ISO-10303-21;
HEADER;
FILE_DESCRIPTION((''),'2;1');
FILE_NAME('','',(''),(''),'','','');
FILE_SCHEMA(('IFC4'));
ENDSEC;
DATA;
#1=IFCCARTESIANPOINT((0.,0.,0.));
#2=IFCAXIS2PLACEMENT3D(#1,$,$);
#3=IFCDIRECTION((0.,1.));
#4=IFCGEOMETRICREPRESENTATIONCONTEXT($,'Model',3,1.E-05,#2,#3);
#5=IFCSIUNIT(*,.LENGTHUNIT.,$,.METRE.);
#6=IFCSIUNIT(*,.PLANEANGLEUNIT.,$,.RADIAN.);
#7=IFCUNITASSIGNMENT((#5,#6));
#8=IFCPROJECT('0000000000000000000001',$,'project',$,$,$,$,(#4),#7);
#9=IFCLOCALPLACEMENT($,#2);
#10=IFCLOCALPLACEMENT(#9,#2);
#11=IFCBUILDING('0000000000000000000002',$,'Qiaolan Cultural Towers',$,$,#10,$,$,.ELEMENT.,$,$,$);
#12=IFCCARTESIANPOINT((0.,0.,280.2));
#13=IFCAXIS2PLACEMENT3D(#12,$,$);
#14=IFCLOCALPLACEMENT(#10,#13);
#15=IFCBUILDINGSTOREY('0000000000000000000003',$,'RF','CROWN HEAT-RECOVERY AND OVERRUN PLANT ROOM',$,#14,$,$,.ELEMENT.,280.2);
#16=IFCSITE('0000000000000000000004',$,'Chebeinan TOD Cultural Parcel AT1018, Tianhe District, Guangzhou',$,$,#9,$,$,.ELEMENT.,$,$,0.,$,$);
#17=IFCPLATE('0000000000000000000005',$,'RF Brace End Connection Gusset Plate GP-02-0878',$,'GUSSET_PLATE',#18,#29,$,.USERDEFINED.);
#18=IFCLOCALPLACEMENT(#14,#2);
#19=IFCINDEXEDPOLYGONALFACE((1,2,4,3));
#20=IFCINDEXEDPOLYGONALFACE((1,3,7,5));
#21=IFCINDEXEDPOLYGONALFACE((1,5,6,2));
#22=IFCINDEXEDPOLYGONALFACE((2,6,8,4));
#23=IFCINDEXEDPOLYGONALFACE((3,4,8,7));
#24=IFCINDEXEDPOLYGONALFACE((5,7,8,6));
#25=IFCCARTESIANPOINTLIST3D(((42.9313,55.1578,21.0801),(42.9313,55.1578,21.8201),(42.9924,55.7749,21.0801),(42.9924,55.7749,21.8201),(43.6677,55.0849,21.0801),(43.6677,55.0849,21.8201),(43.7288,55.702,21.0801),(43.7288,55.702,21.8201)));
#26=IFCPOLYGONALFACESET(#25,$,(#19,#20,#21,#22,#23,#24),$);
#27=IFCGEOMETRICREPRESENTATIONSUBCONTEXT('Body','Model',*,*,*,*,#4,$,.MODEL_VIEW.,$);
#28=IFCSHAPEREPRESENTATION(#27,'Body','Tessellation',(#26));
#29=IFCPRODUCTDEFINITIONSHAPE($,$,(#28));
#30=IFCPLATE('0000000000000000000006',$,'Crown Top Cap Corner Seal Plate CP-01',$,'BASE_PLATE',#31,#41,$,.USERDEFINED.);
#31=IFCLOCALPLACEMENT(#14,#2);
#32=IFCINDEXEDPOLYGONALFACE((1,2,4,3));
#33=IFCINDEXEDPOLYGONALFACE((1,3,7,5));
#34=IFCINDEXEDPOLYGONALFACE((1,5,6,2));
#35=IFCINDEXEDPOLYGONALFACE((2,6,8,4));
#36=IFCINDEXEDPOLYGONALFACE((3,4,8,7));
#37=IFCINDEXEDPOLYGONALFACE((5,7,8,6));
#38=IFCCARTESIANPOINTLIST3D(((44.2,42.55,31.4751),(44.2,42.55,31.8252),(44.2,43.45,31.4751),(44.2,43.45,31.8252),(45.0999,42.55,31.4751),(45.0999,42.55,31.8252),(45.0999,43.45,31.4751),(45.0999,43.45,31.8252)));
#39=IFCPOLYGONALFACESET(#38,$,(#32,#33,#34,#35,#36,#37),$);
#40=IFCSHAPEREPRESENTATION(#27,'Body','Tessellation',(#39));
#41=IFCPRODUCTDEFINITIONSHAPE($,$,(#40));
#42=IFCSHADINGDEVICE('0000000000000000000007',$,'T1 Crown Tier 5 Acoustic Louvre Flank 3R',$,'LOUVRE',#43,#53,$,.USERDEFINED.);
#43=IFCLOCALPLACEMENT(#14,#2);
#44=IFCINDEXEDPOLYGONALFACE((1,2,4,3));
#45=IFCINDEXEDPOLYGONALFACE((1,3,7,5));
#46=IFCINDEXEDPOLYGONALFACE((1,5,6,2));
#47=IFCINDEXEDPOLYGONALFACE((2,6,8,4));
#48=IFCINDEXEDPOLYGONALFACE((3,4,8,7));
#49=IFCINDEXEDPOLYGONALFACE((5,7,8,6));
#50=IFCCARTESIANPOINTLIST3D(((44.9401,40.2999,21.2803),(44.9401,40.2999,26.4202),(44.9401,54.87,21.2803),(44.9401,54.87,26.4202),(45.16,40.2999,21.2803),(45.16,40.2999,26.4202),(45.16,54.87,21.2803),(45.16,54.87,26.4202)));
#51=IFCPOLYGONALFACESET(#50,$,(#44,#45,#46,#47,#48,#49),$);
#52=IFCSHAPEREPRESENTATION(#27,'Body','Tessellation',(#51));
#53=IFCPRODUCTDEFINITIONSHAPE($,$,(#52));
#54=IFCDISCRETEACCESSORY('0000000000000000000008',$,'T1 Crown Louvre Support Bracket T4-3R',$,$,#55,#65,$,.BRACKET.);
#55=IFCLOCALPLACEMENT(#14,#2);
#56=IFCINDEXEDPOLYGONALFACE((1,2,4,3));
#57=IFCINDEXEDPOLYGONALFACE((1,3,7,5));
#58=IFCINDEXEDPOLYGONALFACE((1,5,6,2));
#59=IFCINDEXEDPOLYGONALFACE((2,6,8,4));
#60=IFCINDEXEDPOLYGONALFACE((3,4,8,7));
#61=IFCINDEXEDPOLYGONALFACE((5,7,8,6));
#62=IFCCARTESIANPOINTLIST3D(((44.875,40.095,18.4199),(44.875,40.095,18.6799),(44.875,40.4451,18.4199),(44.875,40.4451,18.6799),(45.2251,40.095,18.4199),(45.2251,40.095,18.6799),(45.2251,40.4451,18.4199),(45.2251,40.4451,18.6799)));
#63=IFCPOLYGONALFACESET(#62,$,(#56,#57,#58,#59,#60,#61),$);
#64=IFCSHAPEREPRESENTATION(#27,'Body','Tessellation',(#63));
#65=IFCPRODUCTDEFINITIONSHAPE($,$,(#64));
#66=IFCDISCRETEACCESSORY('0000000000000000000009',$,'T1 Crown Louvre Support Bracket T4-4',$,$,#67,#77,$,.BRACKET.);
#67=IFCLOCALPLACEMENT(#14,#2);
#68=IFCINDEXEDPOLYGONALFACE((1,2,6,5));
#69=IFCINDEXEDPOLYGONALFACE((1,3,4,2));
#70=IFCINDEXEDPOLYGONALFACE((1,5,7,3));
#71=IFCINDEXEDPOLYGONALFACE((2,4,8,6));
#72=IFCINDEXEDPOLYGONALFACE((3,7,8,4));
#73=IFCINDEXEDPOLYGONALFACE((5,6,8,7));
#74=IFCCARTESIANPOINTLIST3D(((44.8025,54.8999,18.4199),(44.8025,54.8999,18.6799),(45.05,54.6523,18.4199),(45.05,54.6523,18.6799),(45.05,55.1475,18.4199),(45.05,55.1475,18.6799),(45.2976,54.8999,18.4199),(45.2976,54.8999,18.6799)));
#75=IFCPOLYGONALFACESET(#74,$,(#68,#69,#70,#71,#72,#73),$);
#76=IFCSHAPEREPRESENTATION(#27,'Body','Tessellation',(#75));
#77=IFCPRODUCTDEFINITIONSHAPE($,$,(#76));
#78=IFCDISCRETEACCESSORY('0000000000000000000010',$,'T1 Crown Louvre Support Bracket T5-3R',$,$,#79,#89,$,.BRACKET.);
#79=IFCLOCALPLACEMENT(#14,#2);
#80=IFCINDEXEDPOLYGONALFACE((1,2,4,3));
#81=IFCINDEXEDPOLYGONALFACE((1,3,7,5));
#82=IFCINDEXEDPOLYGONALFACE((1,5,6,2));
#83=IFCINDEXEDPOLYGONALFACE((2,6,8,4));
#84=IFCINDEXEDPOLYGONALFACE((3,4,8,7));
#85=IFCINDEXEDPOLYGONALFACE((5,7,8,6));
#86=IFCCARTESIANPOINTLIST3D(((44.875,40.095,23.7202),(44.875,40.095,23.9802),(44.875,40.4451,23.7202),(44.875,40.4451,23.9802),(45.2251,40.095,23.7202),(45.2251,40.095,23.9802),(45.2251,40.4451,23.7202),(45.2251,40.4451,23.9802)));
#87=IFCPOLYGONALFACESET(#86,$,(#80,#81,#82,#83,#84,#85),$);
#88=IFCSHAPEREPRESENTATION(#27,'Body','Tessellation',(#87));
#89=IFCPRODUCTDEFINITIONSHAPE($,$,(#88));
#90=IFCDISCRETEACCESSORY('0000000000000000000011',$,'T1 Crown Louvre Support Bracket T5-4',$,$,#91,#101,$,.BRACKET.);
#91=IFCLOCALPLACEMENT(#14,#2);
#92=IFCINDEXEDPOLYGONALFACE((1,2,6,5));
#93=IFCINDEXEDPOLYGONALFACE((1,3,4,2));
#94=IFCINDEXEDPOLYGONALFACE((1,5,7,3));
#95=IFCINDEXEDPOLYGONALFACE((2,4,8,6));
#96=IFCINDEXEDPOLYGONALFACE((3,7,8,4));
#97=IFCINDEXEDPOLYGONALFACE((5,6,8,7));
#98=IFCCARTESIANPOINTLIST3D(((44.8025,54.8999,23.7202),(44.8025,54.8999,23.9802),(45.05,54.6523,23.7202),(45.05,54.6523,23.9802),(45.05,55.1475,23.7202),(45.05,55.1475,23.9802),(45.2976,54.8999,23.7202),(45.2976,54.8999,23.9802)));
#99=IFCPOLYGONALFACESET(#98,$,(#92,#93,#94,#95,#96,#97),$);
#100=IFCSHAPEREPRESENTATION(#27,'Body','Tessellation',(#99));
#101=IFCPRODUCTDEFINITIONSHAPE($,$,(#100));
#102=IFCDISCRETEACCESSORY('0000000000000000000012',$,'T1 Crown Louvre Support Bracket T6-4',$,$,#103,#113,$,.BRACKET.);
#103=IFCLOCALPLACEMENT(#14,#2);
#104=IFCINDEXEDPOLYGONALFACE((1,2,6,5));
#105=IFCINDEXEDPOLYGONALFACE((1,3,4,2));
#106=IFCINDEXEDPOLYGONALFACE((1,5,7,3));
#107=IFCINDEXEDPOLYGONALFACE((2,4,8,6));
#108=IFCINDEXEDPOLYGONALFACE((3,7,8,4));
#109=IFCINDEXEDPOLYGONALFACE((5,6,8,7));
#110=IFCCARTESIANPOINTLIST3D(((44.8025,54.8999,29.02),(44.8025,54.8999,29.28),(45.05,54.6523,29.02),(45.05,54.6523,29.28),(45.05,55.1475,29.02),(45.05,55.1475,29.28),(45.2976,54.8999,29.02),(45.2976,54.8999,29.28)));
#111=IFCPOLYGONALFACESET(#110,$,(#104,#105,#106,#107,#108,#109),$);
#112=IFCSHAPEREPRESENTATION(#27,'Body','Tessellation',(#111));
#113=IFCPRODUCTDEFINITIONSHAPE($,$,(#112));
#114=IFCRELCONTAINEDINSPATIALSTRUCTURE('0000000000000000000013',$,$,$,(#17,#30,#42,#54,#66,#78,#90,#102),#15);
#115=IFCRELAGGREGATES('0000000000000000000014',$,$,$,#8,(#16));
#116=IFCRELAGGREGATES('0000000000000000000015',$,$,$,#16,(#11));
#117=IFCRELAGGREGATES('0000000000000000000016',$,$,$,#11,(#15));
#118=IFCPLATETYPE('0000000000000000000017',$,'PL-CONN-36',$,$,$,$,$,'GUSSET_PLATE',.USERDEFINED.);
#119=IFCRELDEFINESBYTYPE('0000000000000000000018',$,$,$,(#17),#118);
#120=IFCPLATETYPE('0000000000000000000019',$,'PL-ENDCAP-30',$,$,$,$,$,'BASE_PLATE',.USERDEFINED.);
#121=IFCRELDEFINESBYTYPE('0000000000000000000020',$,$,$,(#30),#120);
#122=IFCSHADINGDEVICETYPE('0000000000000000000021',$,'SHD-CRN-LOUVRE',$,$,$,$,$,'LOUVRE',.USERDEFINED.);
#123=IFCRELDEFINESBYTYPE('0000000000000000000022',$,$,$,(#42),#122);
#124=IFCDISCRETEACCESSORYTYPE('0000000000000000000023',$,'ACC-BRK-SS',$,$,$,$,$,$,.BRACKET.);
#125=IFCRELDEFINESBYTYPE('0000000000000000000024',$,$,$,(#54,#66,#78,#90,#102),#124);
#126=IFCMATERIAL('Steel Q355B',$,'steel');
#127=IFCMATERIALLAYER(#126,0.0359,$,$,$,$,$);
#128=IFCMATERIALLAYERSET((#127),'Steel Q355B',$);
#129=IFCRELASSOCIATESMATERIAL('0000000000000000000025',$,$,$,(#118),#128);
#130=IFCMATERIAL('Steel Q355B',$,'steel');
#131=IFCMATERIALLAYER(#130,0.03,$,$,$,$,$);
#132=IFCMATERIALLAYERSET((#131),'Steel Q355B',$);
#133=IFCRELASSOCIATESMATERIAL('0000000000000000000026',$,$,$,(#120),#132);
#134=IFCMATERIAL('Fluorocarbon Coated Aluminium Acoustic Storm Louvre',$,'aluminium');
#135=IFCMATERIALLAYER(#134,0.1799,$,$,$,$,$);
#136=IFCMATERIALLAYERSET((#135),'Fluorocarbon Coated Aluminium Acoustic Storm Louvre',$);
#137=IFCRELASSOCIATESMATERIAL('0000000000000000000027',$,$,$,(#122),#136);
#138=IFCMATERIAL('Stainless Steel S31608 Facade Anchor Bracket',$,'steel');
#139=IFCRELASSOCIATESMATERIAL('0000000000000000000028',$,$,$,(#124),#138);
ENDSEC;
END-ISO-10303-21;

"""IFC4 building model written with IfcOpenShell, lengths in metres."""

from ifc_helpers import new_model, si_unit, direction, frame, origin, origin_2d, place, context, subcontext, project, spatial, rectangle, extrude, material, layer, layer_set, type_object, element, save


model = new_model("IFC4")

# Units and contexts
model_context = context("Model", 3, precision=1e-05, world=origin(), true_north=direction((0.0, 1.0)))
body_context = subcontext(model_context, "Body", "Model", "MODEL_VIEW")
ifc_project = project(units=[si_unit("LENGTHUNIT", "METRE"), si_unit("PLANEANGLEUNIT", "RADIAN")], contexts=[model_context])

# Site, building, storey
site_placement = place(None, origin())
site = spatial("IfcSite", under=ifc_project, at=site_placement, Name="Chebeinan TOD Cultural Parcel AT1018, Tianhe District, Guangzhou", CompositionType="ELEMENT", RefElevation=0.0)
building_placement = place(site_placement, origin())
building = spatial("IfcBuilding", under=site, at=building_placement, Name="Qiaolan Cultural Towers", CompositionType="ELEMENT")
storey_placement = place(building_placement, frame((0.0, 0.0, 280.2)))
storey = spatial("IfcBuildingStorey", under=building, at=storey_placement, Name="RF", Description="CROWN HEAT-RECOVERY AND OVERRUN PLANT ROOM", CompositionType="ELEMENT", Elevation=280.2)

# Plates
ifc_material_1 = material(Name="Steel Q355B", Category="steel")
ifc_layer_1 = layer(ifc_material_1, 0.0359)
ifc_layer_set_1 = layer_set([ifc_layer_1], Name="Steel Q355B")
plate_type_1 = type_object("IfcPlateType", Name="PL-CONN-36", ElementType="GUSSET_PLATE", PredefinedType="USERDEFINED", material=ifc_layer_set_1)
plate_1_placement = place(storey_placement, frame((43.3301, 55.4299, 21.0801), z_axis=(0.0, 0.0, 1.0), x_axis=(-0.995133, 0.098543, 0.0)))
element("IfcPlate", 1, at=plate_1_placement, inside=storey, type_object=plate_type_1, Name="RF Brace End Connection Gusset Plate GP-02-0878", ObjectType="GUSSET_PLATE", PredefinedType="USERDEFINED", context=body_context, shape_type="SweptSolid", body=[
    extrude(rectangle(XDim=0.74, YDim=0.6201, at=origin_2d()), origin(), (0.0, 0.0, 1.0), 0.74),
])
ifc_material_2 = material(Name="Steel Q355B", Category="steel")
ifc_layer_2 = layer(ifc_material_2, 0.03)
ifc_layer_set_2 = layer_set([ifc_layer_2], Name="Steel Q355B")
plate_type_2 = type_object("IfcPlateType", Name="PL-ENDCAP-30", ElementType="BASE_PLATE", PredefinedType="USERDEFINED", material=ifc_layer_set_2)
plate_2_placement = place(storey_placement, frame((44.6499, 43.0, 31.4751), z_axis=(0.0, 0.0, 1.0), x_axis=(1.0, 0.0, 0.0)))
element("IfcPlate", 2, at=plate_2_placement, inside=storey, type_object=plate_type_2, Name="Crown Top Cap Corner Seal Plate CP-01", ObjectType="BASE_PLATE", PredefinedType="USERDEFINED", context=body_context, shape_type="SweptSolid", body=[
    extrude(rectangle(XDim=0.8999, YDim=0.8999, at=origin_2d()), origin(), (0.0, 0.0, 1.0), 0.3501),
])

# Shading device
ifc_material_3 = material(Name="Fluorocarbon Coated Aluminium Acoustic Storm Louvre", Category="aluminium")
ifc_layer_3 = layer(ifc_material_3, 0.1799)
ifc_layer_set_3 = layer_set([ifc_layer_3], Name="Fluorocarbon Coated Aluminium Acoustic Storm Louvre")
shading_device_type = type_object("IfcShadingDeviceType", Name="SHD-CRN-LOUVRE", ElementType="LOUVRE", PredefinedType="USERDEFINED", material=ifc_layer_set_3)
shading_device_placement = place(storey_placement, frame((45.05, 47.585, 21.2803), z_axis=(0.0, 0.0, 1.0), x_axis=(0.0, 1.0, 0.0)))
element("IfcShadingDevice", 3, at=shading_device_placement, inside=storey, type_object=shading_device_type, Name="T1 Crown Tier 5 Acoustic Louvre Flank 3R", ObjectType="LOUVRE", PredefinedType="USERDEFINED", context=body_context, shape_type="SweptSolid", body=[
    extrude(rectangle(XDim=14.5701, YDim=0.22, at=origin_2d()), origin(), (0.0, 0.0, 1.0), 5.1399),
])

# Discrete accessories
ifc_material_4 = material(Name="Stainless Steel S31608 Facade Anchor Bracket", Category="steel")
discrete_accessory_type = type_object("IfcDiscreteAccessoryType", Name="ACC-BRK-SS", PredefinedType="BRACKET", material=ifc_material_4)
for number, where, z_axis, x_axis, name in (
    (4, (45.05, 40.27, 18.4199), (0.0, 0.0, 1.0), (0.0, 1.0, 0.0), "T1 Crown Louvre Support Bracket T4-3R"),
    (5, (45.05, 54.8999, 18.4199), (0.0, 0.0, 1.0), (-0.707107, 0.707107, 0.0), "T1 Crown Louvre Support Bracket T4-4"),
    (6, (45.05, 40.27, 23.7202), (0.0, 0.0, 1.0), (0.0, 1.0, 0.0), "T1 Crown Louvre Support Bracket T5-3R"),
    (7, (45.05, 54.8999, 23.7202), (0.0, 0.0, 1.0), (-0.707107, 0.707107, 0.0), "T1 Crown Louvre Support Bracket T5-4"),
    (8, (45.05, 54.8999, 29.02), (0.0, 0.0, 1.0), (-0.707107, 0.707107, 0.0), "T1 Crown Louvre Support Bracket T6-4"),
):
    element("IfcDiscreteAccessory", number, at=place(storey_placement, frame(where, z_axis=z_axis, x_axis=x_axis)), inside=storey, type_object=discrete_accessory_type, Name=name, PredefinedType="BRACKET", context=body_context, shape_type="SweptSolid", body=[
        extrude(rectangle(XDim=0.3501, YDim=0.3501, at=origin_2d()), origin(), (0.0, 0.0, 1.0), 0.26),
    ])

save(model, "model.ifc")
